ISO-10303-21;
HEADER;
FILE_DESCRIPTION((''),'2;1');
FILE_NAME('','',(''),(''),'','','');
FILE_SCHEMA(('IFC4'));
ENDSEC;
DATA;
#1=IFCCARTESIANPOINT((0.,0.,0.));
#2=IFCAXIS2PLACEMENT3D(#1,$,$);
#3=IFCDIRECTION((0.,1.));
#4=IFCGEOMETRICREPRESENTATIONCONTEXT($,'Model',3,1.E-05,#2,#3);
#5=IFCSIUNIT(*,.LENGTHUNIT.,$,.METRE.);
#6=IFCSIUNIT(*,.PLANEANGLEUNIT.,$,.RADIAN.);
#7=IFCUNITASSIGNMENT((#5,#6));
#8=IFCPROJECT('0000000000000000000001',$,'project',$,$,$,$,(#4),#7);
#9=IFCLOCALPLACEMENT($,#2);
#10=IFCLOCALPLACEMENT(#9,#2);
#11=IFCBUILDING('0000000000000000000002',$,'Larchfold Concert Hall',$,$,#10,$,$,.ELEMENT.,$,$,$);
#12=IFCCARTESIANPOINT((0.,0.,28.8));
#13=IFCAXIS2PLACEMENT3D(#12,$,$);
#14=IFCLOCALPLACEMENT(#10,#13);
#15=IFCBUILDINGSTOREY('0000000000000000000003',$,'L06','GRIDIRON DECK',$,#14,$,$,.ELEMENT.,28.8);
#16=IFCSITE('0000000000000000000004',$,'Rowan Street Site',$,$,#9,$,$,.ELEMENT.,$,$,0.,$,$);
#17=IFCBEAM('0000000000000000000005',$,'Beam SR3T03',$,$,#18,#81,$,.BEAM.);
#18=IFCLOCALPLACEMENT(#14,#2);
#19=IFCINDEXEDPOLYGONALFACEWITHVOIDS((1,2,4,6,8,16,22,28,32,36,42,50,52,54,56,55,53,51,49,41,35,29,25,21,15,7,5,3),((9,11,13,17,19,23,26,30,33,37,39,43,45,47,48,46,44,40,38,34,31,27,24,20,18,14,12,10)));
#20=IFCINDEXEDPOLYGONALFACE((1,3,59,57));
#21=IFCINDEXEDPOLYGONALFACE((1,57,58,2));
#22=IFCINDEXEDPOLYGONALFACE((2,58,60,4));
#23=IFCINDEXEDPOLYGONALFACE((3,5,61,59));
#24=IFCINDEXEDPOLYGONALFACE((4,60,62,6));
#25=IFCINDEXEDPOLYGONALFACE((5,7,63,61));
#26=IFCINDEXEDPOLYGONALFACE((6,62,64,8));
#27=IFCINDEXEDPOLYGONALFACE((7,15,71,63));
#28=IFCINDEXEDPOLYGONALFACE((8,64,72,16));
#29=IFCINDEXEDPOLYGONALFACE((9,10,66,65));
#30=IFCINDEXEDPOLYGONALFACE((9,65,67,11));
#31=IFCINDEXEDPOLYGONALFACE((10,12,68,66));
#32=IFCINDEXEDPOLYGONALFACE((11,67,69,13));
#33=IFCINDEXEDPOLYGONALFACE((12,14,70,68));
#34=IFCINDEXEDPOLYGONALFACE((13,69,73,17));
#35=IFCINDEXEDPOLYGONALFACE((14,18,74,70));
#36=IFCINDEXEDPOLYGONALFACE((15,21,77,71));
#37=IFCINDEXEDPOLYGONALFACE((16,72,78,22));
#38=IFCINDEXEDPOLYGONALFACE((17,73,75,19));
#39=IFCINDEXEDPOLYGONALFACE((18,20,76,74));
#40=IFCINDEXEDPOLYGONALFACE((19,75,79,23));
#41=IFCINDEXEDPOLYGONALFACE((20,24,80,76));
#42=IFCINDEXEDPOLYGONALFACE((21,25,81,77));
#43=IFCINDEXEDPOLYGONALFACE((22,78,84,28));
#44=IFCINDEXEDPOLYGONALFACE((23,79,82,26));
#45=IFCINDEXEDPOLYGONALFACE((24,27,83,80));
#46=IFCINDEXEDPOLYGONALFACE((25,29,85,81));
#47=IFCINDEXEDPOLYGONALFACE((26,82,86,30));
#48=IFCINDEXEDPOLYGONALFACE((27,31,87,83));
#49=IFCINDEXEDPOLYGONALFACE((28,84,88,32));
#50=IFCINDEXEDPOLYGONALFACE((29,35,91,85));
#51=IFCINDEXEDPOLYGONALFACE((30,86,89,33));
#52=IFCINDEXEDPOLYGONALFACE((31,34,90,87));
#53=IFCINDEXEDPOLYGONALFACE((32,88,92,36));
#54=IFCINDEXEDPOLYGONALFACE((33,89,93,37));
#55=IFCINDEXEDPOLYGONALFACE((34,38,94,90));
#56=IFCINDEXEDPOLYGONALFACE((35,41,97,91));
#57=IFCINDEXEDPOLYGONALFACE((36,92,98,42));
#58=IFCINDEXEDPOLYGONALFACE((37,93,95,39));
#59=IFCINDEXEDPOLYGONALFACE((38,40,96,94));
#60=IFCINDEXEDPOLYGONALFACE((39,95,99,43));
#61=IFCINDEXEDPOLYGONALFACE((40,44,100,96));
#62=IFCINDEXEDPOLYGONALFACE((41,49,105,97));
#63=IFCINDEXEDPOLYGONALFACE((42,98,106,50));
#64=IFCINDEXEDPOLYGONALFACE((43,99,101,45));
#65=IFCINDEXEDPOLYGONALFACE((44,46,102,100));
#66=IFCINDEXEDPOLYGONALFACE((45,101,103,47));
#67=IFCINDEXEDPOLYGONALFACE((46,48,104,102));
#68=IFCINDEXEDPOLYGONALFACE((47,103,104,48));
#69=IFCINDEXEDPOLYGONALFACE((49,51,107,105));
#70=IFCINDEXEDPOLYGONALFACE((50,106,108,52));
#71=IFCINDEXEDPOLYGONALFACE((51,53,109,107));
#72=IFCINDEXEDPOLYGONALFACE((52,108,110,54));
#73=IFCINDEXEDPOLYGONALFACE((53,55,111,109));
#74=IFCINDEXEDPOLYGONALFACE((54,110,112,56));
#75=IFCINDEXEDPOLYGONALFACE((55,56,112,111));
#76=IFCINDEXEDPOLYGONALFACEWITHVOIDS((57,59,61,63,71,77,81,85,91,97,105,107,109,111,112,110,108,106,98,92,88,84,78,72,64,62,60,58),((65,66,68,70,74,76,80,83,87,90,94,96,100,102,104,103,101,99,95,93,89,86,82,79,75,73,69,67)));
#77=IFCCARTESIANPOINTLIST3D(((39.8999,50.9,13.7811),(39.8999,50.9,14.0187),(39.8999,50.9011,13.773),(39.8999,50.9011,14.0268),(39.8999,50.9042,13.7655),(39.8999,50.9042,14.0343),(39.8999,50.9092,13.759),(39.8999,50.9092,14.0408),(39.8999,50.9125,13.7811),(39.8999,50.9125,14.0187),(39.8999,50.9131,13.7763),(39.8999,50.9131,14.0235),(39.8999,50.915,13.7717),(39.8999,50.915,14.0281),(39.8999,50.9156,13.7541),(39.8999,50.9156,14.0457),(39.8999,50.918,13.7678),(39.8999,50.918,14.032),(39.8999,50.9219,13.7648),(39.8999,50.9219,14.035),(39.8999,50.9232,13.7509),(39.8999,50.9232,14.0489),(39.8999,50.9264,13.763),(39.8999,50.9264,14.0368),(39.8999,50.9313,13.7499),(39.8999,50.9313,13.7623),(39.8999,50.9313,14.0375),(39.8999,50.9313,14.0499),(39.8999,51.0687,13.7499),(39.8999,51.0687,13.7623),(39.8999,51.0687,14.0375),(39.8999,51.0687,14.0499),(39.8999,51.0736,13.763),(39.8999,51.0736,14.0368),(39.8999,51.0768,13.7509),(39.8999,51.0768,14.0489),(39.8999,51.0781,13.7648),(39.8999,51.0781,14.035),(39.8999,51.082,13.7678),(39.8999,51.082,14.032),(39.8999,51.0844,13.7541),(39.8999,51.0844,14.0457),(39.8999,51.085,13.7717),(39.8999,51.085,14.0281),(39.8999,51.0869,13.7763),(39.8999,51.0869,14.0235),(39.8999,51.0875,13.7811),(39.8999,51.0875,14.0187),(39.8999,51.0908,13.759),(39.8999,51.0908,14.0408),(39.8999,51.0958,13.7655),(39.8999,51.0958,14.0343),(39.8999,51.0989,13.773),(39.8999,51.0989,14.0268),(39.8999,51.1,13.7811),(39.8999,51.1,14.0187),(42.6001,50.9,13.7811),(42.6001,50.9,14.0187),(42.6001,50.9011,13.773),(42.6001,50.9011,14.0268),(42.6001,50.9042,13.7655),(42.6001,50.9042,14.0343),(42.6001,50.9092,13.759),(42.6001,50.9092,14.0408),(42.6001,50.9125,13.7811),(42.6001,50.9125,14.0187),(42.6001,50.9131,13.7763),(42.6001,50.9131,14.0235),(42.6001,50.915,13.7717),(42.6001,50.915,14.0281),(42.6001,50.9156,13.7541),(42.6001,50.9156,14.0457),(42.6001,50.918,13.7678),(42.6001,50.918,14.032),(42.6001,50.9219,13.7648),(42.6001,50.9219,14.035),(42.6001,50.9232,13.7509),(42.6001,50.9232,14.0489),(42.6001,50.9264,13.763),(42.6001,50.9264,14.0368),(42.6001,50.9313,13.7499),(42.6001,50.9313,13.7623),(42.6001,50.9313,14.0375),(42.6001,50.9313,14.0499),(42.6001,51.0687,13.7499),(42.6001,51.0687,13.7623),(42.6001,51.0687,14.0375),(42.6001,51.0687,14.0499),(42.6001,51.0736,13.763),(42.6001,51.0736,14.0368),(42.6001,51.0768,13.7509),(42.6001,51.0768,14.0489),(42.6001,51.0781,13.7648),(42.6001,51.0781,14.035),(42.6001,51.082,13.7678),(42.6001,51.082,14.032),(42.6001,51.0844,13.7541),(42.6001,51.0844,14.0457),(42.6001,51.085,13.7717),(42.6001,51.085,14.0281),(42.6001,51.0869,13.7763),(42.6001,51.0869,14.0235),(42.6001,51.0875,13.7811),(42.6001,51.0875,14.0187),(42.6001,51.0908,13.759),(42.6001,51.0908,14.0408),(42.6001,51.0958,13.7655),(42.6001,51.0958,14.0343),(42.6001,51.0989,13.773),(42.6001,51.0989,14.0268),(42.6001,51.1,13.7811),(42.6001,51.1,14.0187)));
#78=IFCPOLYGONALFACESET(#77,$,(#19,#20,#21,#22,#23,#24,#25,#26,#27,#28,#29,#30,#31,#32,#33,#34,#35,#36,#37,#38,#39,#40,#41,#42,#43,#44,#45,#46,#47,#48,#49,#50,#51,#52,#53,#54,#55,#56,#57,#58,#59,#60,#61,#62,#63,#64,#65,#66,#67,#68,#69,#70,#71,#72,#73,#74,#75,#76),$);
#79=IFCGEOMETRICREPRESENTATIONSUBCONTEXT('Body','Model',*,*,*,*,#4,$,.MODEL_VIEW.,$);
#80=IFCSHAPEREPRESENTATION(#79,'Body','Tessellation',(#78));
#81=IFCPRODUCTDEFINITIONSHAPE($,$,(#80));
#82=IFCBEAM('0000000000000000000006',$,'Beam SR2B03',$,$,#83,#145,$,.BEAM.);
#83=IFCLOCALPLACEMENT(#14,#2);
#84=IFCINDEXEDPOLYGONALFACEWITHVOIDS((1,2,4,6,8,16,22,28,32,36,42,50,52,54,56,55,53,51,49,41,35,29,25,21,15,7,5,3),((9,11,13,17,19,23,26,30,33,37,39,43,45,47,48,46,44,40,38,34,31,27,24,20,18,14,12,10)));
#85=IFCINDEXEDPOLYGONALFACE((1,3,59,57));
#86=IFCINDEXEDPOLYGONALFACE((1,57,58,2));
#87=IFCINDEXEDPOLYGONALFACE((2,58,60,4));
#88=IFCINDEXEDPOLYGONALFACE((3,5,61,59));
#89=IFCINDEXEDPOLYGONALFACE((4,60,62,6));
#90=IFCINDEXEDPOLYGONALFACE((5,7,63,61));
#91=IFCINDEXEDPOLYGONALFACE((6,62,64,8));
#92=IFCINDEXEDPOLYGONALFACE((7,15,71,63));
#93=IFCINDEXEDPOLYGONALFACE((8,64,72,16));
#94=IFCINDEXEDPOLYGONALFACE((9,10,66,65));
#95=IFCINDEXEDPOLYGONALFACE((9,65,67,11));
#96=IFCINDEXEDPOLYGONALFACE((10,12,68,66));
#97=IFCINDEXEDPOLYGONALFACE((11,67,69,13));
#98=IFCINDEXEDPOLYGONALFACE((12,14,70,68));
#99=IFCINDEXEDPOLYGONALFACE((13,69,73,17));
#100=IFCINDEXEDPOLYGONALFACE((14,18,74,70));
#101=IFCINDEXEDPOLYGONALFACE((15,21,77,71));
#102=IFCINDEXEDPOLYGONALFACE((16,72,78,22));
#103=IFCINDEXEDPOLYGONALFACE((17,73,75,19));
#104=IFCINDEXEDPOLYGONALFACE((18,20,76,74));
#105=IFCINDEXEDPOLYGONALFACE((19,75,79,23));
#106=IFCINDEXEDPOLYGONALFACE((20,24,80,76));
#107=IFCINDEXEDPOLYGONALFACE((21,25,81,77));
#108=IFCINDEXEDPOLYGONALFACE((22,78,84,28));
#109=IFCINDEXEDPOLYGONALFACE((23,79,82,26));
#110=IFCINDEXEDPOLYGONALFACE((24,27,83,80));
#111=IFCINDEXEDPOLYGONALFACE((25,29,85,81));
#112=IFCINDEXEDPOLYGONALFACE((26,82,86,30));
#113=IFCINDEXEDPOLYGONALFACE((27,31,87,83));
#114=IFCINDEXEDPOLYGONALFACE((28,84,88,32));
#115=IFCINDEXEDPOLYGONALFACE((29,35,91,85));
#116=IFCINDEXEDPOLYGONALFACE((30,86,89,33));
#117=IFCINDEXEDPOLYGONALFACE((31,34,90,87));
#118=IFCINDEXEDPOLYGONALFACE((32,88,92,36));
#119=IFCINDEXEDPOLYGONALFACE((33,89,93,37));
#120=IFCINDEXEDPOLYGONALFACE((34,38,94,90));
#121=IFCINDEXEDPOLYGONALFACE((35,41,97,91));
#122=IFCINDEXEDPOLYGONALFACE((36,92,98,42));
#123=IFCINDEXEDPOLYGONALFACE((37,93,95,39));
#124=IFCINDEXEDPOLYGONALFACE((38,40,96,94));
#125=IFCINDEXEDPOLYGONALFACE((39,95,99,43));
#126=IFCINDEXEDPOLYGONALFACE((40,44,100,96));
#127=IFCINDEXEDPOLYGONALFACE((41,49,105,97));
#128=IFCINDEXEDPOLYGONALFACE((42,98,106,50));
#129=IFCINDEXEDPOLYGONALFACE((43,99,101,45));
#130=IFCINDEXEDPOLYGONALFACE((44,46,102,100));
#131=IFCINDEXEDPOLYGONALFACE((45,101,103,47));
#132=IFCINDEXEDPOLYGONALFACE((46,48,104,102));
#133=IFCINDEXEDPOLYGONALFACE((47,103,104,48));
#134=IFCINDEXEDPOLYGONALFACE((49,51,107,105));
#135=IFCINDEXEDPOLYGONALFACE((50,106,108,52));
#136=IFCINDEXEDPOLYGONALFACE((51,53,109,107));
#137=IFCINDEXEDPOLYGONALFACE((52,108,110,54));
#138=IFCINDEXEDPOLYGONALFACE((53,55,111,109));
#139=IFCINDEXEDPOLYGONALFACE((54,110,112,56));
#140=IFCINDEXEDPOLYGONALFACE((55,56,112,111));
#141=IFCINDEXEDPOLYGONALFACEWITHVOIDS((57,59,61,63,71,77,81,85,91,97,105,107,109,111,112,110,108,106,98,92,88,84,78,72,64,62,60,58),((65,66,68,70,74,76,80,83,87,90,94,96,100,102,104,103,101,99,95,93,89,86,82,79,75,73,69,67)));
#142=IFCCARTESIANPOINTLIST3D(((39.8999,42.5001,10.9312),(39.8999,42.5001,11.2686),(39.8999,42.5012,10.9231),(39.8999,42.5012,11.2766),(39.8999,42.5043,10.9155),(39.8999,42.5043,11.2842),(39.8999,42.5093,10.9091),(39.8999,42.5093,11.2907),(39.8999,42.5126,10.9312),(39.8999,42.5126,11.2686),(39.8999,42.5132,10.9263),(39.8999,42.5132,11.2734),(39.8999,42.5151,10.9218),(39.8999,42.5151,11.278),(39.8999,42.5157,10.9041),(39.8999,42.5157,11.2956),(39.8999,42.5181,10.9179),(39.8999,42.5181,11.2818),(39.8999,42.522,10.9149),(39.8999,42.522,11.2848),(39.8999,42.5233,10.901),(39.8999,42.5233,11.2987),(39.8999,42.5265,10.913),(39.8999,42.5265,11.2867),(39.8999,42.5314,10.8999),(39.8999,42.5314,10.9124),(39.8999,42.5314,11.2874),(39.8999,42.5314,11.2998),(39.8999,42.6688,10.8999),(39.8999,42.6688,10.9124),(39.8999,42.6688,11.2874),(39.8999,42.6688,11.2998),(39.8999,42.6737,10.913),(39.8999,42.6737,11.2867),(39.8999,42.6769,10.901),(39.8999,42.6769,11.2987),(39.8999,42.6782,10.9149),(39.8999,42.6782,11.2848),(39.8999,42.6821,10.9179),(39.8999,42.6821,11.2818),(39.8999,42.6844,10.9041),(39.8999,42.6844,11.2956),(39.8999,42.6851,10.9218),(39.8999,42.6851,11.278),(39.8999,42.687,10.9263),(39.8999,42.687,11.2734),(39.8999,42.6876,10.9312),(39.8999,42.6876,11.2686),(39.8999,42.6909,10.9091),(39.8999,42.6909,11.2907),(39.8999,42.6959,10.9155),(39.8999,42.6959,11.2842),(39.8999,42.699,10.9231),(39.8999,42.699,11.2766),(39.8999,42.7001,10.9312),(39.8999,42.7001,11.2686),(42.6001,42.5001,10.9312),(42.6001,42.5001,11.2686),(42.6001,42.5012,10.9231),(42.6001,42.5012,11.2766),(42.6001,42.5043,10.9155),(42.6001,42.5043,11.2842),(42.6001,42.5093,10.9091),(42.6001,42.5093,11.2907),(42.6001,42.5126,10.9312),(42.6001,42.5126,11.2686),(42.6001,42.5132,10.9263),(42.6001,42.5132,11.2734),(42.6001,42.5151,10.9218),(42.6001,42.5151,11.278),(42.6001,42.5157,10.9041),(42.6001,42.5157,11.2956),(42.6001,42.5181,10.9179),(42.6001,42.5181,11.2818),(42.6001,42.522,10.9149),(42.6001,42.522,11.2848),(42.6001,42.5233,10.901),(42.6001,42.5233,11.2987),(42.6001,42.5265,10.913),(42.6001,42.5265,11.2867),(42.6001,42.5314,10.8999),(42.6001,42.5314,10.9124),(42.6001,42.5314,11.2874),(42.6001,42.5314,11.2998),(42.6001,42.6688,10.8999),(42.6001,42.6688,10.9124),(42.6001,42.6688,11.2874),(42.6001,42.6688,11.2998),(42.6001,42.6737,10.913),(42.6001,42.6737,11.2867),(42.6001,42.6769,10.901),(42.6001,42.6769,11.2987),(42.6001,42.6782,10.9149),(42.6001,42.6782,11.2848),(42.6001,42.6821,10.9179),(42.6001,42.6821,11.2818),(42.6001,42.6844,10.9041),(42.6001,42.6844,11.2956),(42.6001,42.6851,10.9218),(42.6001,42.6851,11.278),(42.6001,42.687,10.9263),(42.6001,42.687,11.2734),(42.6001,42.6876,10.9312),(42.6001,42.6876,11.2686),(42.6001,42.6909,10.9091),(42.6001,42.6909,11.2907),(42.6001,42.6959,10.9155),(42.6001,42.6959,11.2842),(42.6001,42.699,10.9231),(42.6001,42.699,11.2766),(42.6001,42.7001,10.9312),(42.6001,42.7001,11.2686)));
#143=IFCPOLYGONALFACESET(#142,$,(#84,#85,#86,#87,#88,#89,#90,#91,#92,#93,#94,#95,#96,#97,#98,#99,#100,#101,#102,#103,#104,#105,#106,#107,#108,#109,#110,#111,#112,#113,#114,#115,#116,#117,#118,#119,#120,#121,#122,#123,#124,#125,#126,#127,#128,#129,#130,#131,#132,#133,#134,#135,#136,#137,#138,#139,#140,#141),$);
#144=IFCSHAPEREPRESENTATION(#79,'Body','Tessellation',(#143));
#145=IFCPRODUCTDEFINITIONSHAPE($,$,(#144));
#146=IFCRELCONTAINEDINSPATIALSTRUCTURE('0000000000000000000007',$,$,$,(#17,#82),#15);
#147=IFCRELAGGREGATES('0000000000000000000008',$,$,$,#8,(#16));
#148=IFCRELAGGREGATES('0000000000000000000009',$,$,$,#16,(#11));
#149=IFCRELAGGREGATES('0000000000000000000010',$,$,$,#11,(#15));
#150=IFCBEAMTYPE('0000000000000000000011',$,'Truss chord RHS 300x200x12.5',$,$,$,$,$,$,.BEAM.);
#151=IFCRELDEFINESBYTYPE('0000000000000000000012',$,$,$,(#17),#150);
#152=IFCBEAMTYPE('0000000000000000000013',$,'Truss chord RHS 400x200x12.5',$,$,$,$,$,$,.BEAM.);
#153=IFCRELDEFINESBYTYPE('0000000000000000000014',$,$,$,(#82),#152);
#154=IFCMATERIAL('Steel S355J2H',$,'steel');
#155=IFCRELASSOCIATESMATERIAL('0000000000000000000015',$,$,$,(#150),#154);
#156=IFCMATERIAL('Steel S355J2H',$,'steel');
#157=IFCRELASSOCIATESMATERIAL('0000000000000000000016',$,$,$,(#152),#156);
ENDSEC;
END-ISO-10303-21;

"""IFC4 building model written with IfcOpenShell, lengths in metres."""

from ifc_helpers import new_model, si_unit, direction, frame, origin, origin_2d, place, context, subcontext, project, spatial, hollow_rectangle, extrude, material, material_profile, profile_set, type_object, element, save


model = new_model("IFC4")

# Units and contexts
model_context = context("Model", 3, precision=1e-05, world=origin(), true_north=direction((0.0, 1.0)))
body_context = subcontext(model_context, "Body", "Model", "MODEL_VIEW")
ifc_project = project(units=[si_unit("LENGTHUNIT", "METRE"), si_unit("PLANEANGLEUNIT", "RADIAN")], contexts=[model_context])

# Site, building, storey
site_placement = place(None, origin())
site = spatial("IfcSite", under=ifc_project, at=site_placement, Name="Rowan Street Site", CompositionType="ELEMENT", RefElevation=0.0)
building_placement = place(site_placement, origin())
building = spatial("IfcBuilding", under=site, at=building_placement, Name="Larchfold Concert Hall", CompositionType="ELEMENT")
storey_placement = place(building_placement, frame((0.0, 0.0, 28.8)))
storey = spatial("IfcBuildingStorey", under=building, at=storey_placement, Name="L06", Description="GRIDIRON DECK", CompositionType="ELEMENT", Elevation=28.8)

# Beams
ifc_material_1 = material(Name="Steel S355J2H", Category="steel")
ifc_material_profile_1 = material_profile(ifc_material_1, hollow_rectangle(XDim=0.2, YDim=0.3, WallThickness=0.0125, InnerFilletRadius=0.0188, OuterFilletRadius=0.0312, at=origin_2d()))
ifc_profile_set_1 = profile_set([ifc_material_profile_1], Name="Steel S355J2H")
beam_type_1 = type_object("IfcBeamType", Name="Truss chord RHS 300x200x12.5", PredefinedType="BEAM", material=ifc_profile_set_1)
beam_1_placement = place(storey_placement, frame((39.8999, 51.0, 13.8999), z_axis=(1.0, 0.0, 0.0), x_axis=(0.0, 1.0, 0.0)))
element("IfcBeam", 1, at=beam_1_placement, inside=storey, type_object=beam_type_1, Name="Beam SR3T03", PredefinedType="BEAM", context=body_context, shape_type="SweptSolid", body=[
    extrude(hollow_rectangle(XDim=0.2, YDim=0.3, WallThickness=0.0125, InnerFilletRadius=0.0188, OuterFilletRadius=0.0312, at=origin_2d()), origin(), (0.0, 0.0, 1.0), 2.7002),
])
ifc_material_2 = material(Name="Steel S355J2H", Category="steel")
ifc_material_profile_2 = material_profile(ifc_material_2, hollow_rectangle(XDim=0.2, YDim=0.3999, WallThickness=0.0125, InnerFilletRadius=0.0188, OuterFilletRadius=0.0312, at=origin_2d()))
ifc_profile_set_2 = profile_set([ifc_material_profile_2], Name="Steel S355J2H")
beam_type_2 = type_object("IfcBeamType", Name="Truss chord RHS 400x200x12.5", PredefinedType="BEAM", material=ifc_profile_set_2)
beam_2_placement = place(storey_placement, frame((39.8999, 42.6001, 11.0999), z_axis=(1.0, 0.0, 0.0), x_axis=(0.0, 1.0, 0.0)))
element("IfcBeam", 2, at=beam_2_placement, inside=storey, type_object=beam_type_2, Name="Beam SR2B03", PredefinedType="BEAM", context=body_context, shape_type="SweptSolid", body=[
    extrude(hollow_rectangle(XDim=0.2, YDim=0.3999, WallThickness=0.0125, InnerFilletRadius=0.0188, OuterFilletRadius=0.0312, at=origin_2d()), origin(), (0.0, 0.0, 1.0), 2.7002),
])

save(model, "model.ifc")
